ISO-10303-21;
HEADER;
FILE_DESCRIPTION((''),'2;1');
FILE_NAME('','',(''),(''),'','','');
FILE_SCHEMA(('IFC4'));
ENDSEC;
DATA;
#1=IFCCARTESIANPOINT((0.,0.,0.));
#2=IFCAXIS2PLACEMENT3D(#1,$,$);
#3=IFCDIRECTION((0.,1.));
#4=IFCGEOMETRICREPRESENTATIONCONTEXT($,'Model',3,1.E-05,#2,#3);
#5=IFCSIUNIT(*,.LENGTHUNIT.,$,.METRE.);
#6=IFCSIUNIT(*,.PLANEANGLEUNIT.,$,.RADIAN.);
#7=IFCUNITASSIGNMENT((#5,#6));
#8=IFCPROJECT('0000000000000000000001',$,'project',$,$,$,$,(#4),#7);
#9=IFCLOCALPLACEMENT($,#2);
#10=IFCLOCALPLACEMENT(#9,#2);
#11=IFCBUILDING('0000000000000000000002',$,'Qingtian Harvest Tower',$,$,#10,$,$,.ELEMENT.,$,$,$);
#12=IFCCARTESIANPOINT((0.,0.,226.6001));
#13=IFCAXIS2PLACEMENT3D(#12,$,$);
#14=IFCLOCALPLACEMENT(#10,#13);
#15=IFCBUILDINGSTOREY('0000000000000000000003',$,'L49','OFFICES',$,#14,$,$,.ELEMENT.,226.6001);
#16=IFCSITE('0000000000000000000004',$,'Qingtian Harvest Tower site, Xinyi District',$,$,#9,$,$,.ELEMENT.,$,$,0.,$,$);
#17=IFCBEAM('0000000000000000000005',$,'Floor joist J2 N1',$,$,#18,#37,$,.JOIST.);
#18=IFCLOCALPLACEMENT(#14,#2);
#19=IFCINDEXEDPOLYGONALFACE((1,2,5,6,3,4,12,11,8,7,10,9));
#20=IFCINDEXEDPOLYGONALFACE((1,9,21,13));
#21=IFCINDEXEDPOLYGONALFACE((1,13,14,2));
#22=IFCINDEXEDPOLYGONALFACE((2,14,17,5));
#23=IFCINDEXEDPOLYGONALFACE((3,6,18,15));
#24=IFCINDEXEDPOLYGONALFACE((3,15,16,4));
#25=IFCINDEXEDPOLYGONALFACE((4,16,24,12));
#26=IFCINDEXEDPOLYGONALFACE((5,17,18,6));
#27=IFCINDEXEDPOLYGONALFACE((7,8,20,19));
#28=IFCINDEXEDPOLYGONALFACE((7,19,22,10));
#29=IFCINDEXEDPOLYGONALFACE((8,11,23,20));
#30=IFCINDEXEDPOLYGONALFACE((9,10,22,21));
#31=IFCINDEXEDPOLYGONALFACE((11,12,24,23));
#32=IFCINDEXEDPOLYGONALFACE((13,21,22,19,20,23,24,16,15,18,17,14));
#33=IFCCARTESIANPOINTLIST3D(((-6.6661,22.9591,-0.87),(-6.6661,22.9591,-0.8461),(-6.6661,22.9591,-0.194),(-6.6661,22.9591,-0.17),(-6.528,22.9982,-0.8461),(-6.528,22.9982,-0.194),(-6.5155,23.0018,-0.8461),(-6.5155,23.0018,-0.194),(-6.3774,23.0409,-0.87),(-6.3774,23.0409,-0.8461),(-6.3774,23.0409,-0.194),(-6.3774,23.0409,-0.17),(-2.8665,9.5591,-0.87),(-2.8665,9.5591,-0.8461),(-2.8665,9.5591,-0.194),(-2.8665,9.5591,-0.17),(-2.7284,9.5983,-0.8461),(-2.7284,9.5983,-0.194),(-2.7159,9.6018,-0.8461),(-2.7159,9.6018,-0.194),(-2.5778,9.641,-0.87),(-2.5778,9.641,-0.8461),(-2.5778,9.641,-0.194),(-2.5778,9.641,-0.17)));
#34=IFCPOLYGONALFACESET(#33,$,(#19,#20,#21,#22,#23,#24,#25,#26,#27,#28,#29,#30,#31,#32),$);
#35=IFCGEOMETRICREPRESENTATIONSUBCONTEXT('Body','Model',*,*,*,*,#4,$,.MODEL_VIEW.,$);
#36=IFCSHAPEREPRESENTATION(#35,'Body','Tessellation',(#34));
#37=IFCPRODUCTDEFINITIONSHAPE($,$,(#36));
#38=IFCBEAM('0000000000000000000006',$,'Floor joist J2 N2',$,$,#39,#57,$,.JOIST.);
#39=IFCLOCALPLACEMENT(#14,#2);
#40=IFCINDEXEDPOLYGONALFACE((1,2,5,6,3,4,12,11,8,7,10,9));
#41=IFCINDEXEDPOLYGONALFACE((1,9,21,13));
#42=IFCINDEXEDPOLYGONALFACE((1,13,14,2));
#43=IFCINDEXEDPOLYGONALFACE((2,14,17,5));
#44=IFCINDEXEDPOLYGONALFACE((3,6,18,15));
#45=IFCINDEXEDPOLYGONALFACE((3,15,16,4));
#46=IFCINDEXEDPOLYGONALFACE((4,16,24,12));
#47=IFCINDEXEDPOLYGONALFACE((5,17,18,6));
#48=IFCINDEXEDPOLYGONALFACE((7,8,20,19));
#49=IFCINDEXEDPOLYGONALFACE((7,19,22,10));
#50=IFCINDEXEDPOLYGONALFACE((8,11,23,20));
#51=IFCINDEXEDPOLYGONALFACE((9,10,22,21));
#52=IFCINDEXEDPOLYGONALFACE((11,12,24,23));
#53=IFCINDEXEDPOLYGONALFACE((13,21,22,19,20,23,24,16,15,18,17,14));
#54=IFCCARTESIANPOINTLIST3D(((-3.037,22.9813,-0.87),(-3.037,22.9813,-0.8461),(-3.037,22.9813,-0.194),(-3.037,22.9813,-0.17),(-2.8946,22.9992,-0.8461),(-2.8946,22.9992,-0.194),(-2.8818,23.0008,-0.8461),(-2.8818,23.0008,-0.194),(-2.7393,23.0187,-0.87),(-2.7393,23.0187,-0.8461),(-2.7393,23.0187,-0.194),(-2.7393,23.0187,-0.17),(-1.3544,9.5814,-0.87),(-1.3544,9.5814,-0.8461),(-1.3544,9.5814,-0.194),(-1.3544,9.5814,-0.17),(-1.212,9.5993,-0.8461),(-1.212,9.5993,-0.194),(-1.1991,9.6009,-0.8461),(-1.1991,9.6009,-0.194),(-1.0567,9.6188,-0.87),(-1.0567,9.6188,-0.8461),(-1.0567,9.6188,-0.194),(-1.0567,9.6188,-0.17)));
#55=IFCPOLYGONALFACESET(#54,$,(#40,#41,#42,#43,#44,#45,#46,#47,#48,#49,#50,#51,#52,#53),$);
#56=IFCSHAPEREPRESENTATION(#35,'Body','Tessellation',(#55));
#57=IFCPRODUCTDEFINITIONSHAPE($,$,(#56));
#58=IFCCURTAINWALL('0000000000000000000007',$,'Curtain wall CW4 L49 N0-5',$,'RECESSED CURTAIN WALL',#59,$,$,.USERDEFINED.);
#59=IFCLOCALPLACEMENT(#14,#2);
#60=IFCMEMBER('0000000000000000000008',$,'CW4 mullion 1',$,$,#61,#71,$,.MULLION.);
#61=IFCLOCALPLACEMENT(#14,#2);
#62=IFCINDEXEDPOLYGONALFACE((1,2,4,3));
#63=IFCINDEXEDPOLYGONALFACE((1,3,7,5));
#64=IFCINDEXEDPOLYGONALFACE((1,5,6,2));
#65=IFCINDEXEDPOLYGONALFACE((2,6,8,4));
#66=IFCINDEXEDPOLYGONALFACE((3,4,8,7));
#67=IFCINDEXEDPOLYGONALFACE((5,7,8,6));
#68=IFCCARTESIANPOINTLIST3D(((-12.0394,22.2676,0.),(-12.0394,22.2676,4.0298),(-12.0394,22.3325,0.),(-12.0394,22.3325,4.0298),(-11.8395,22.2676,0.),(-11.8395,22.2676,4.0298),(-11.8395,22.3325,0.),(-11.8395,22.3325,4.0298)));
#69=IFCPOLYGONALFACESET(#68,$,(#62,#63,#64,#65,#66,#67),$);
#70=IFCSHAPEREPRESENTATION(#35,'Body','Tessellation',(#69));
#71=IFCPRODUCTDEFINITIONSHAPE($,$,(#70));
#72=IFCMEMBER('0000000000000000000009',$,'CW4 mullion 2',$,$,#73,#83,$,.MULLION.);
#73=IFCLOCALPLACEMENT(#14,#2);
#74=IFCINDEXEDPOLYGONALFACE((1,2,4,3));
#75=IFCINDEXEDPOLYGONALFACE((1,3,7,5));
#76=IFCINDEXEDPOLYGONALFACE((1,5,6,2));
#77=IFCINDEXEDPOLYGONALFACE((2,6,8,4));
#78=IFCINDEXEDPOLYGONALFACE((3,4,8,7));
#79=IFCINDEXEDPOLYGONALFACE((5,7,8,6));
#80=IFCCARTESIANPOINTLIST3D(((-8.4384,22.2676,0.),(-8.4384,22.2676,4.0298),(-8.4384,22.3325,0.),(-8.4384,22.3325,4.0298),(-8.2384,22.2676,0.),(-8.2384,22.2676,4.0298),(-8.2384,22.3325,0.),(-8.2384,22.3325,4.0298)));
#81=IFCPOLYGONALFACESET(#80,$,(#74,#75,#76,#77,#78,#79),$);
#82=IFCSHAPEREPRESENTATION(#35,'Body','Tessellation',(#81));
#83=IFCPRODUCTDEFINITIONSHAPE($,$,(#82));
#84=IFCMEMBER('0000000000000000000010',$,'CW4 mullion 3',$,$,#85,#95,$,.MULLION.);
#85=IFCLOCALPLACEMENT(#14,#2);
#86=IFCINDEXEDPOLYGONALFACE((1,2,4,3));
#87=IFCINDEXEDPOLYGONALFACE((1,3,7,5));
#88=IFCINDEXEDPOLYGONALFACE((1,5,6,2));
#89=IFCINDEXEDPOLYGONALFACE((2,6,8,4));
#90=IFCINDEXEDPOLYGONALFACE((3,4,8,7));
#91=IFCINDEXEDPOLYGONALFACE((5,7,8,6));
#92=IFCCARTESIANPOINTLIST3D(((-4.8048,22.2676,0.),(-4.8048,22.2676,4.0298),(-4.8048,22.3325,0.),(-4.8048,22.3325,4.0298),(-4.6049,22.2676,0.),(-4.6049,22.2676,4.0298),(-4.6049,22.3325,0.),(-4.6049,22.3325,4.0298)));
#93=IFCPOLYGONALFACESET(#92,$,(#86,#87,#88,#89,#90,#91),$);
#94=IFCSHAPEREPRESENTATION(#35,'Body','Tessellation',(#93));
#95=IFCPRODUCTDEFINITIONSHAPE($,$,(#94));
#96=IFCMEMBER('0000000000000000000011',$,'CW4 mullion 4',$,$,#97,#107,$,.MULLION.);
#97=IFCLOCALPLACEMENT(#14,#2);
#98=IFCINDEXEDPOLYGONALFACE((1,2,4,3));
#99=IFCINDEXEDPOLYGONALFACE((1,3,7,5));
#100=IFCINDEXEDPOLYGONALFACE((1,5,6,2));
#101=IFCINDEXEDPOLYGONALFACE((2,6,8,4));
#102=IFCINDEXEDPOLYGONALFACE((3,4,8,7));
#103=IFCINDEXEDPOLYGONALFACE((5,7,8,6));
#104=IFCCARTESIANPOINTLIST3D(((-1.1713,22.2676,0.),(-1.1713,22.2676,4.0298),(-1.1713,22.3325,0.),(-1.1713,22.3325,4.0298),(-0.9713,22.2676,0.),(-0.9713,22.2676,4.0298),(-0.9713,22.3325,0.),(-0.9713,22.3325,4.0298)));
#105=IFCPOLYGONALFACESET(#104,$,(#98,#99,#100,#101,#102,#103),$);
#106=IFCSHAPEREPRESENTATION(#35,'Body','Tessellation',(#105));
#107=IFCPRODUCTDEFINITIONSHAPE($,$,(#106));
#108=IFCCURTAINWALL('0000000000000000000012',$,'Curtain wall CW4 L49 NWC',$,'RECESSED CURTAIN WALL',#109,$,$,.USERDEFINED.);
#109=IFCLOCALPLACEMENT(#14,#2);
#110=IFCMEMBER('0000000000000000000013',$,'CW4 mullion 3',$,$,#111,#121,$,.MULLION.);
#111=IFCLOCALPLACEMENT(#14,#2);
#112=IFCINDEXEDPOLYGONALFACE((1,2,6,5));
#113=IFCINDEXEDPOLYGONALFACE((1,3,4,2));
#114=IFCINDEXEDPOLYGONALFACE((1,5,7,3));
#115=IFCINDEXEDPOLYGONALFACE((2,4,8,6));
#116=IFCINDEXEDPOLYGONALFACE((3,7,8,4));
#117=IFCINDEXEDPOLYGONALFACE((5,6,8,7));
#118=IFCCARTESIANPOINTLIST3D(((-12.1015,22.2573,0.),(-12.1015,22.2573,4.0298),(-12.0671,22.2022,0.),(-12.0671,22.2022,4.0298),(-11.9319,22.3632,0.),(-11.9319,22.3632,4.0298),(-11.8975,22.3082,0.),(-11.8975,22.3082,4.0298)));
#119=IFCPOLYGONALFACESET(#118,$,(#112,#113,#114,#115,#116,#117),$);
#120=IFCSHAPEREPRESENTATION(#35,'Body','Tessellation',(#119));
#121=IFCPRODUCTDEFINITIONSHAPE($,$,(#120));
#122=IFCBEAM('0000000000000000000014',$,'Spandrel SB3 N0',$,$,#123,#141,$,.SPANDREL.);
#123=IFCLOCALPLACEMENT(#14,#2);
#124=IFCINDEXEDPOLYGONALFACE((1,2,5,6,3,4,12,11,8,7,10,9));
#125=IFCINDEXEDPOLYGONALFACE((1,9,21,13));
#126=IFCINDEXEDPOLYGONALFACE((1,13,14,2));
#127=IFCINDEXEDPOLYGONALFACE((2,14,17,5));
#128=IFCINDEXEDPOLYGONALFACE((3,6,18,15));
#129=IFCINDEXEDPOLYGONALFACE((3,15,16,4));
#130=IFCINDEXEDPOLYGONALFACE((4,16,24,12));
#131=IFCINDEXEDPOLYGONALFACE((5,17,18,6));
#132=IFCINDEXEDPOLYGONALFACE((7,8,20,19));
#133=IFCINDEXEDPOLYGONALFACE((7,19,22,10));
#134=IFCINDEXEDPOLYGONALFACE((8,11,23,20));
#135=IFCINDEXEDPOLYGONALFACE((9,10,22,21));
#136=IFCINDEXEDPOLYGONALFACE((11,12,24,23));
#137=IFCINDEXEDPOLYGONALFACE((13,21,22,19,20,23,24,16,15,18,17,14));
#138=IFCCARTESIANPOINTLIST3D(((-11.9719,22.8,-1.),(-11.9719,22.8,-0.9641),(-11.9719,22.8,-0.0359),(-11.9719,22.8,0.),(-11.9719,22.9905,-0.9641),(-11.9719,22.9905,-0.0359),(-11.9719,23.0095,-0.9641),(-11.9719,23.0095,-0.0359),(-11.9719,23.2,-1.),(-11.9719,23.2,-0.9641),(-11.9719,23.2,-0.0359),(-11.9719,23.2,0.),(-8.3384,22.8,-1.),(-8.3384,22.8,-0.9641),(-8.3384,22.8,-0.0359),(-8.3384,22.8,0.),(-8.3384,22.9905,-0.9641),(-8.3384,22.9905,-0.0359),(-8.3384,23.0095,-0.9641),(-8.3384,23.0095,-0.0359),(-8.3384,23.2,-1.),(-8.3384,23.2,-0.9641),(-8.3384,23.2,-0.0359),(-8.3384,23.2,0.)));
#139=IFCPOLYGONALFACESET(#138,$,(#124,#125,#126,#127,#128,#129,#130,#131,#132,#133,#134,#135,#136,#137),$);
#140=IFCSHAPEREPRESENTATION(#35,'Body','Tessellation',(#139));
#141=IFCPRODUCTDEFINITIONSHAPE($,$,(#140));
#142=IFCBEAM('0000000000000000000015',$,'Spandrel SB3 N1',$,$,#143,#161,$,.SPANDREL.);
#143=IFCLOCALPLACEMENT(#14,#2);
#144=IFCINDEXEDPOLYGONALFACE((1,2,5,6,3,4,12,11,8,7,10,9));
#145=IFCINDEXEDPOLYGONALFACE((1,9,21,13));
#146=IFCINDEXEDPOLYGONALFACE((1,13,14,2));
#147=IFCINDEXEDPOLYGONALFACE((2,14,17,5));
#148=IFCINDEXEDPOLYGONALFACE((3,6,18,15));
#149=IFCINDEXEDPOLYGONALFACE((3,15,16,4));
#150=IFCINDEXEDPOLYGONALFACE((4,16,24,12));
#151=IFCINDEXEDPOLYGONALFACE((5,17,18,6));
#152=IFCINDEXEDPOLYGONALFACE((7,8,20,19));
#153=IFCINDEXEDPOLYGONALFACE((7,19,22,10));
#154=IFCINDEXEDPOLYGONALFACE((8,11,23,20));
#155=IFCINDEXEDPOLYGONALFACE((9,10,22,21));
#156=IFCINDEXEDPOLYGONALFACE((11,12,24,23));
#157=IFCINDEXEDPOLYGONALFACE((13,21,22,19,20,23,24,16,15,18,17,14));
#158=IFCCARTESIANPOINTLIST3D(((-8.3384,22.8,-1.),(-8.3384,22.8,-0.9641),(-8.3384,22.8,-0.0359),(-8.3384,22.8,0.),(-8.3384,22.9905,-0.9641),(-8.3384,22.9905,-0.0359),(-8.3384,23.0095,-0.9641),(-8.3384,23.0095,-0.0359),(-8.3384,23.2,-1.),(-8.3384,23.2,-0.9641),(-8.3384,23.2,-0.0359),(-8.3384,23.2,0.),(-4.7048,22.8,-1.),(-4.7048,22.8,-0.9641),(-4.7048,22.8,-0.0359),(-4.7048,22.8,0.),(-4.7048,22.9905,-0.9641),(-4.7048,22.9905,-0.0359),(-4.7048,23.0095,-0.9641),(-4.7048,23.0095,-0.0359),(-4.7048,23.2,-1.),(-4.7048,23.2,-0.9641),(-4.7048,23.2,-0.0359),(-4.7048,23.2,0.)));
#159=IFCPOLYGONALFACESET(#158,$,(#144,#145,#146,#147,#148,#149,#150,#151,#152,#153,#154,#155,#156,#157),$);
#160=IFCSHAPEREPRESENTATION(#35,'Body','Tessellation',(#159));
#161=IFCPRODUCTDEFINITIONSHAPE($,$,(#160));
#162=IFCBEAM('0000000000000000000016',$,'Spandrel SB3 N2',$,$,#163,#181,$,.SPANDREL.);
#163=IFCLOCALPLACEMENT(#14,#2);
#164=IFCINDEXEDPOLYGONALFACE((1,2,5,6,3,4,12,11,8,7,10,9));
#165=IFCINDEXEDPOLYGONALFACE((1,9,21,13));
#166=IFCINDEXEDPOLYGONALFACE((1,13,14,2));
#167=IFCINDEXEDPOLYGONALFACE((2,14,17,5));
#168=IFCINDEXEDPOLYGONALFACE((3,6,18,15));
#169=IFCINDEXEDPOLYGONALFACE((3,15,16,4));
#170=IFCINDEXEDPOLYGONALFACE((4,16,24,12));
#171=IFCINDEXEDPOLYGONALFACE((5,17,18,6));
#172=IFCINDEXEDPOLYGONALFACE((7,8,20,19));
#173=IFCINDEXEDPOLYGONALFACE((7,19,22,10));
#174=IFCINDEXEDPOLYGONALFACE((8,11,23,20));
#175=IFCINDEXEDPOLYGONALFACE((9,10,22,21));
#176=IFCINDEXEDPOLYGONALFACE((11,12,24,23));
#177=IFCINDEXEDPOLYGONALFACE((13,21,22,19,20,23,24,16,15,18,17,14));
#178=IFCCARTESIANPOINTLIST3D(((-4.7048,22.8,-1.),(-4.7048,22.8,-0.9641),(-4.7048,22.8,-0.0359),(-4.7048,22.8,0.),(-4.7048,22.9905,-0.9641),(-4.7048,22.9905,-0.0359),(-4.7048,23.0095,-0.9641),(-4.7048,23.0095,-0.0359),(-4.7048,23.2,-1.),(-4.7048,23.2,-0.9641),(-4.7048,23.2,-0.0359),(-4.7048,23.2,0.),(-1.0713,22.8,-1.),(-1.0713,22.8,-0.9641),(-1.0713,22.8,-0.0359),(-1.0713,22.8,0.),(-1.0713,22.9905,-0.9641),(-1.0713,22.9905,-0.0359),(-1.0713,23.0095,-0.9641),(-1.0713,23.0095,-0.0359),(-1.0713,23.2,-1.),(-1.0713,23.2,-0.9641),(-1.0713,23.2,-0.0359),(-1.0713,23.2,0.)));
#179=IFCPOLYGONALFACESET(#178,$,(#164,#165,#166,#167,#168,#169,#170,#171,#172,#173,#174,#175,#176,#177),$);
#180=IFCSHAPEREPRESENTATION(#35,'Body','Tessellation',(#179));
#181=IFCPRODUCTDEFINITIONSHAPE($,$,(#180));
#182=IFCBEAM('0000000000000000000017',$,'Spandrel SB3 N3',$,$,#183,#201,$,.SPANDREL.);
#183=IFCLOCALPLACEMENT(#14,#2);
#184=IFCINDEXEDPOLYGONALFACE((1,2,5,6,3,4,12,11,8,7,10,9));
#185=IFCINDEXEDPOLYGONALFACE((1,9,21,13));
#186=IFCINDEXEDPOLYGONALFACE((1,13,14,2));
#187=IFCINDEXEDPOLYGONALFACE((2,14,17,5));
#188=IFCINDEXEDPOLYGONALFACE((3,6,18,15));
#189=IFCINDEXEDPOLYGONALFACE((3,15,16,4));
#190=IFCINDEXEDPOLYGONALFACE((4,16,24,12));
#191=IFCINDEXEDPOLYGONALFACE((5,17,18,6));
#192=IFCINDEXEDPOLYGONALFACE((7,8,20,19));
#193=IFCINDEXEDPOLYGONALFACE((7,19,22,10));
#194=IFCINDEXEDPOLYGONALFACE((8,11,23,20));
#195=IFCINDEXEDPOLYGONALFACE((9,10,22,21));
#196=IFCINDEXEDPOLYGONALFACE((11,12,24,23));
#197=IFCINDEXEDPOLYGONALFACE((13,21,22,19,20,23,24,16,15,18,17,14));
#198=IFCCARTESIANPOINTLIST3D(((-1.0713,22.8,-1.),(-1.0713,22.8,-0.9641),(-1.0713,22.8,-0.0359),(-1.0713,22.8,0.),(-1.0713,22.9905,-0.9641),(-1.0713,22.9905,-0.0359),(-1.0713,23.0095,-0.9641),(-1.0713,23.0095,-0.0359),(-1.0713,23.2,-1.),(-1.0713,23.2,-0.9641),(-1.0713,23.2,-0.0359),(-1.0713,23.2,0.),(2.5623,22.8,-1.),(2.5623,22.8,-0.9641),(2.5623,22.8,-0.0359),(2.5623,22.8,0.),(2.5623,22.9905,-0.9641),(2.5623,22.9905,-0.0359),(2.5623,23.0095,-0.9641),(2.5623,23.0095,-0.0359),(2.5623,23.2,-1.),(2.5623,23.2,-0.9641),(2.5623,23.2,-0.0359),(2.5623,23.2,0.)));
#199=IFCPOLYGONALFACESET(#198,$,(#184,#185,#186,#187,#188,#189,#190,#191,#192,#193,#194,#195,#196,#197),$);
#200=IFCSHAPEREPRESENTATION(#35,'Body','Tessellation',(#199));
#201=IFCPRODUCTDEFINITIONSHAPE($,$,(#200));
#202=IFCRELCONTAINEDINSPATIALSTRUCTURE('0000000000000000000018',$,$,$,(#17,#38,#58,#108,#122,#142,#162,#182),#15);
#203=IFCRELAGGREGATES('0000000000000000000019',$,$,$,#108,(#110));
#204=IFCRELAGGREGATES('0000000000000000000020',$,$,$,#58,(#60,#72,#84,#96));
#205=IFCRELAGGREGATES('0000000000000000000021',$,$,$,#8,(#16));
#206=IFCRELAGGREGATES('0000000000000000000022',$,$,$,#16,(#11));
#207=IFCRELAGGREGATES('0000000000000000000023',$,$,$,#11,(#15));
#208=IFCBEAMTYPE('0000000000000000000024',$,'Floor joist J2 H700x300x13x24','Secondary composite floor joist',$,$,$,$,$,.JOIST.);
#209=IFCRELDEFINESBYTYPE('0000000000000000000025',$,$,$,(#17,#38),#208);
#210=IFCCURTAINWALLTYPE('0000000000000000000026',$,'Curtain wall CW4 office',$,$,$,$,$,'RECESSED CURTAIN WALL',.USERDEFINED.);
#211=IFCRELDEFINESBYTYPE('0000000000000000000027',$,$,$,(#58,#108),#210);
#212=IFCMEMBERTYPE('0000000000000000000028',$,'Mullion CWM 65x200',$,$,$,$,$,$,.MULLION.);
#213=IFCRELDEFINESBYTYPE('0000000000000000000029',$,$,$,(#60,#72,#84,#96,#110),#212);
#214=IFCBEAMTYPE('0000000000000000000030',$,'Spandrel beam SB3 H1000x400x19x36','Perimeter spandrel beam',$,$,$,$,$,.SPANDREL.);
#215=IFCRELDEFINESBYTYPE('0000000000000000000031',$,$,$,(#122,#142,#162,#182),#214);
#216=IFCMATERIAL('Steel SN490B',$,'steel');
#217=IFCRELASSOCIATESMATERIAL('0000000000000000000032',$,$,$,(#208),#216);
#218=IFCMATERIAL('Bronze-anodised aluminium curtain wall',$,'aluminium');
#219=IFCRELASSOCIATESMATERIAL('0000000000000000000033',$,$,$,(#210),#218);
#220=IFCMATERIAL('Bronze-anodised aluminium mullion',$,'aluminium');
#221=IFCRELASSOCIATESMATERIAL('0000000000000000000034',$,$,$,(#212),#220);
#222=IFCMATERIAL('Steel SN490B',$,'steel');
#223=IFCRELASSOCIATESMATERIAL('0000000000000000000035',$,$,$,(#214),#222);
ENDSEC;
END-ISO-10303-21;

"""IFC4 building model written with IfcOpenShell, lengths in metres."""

from ifc_helpers import new_model, si_unit, direction, frame, origin, origin_2d, place, context, subcontext, project, spatial, rectangle, i_section, extrude, material, material_profile, profile_set, type_object, element, aggregate, save


model = new_model("IFC4")

# Units and contexts
model_context = context("Model", 3, precision=1e-05, world=origin(), true_north=direction((0.0, 1.0)))
body_context = subcontext(model_context, "Body", "Model", "MODEL_VIEW")
ifc_project = project(units=[si_unit("LENGTHUNIT", "METRE"), si_unit("PLANEANGLEUNIT", "RADIAN")], contexts=[model_context])

# Site, building, storey
site_placement = place(None, origin())
site = spatial("IfcSite", under=ifc_project, at=site_placement, Name="Qingtian Harvest Tower site, Xinyi District", CompositionType="ELEMENT", RefElevation=0.0)
building_placement = place(site_placement, origin())
building = spatial("IfcBuilding", under=site, at=building_placement, Name="Qingtian Harvest Tower", CompositionType="ELEMENT")
storey_placement = place(building_placement, frame((0.0, 0.0, 226.6001)))
storey = spatial("IfcBuildingStorey", under=building, at=storey_placement, Name="L49", Description="OFFICES", CompositionType="ELEMENT", Elevation=226.6001)

# Beams
ifc_material_1 = material(Name="Steel SN490B", Category="steel")
ifc_material_profile_1 = material_profile(ifc_material_1, i_section(OverallWidth=0.3, OverallDepth=0.7, WebThickness=0.0129, FlangeThickness=0.0239, at=origin_2d()), Name="H700x300x13x24")
ifc_profile_set_1 = profile_set([ifc_material_profile_1], Name="Steel SN490B")
beam_type_1 = type_object("IfcBeamType", Name="Floor joist J2 H700x300x13x24", Description="Secondary composite floor joist", PredefinedType="JOIST", material=ifc_profile_set_1)
beam_1_placement = place(storey_placement, frame((-6.5217, 23.0, -0.52), z_axis=(0.272797, -0.962072, 0.0), x_axis=(0.962072, 0.272797, 0.0)))
element("IfcBeam", 1, at=beam_1_placement, inside=storey, type_object=beam_type_1, Name="Floor joist J2 N1", PredefinedType="JOIST", context=body_context, shape_type="SweptSolid", body=[
    extrude(i_section(OverallWidth=0.3, OverallDepth=0.7, WebThickness=0.0129, FlangeThickness=0.0239, at=origin_2d()), origin(), (0.0, 0.0, 1.0), 13.9282),
])
beam_2_placement = place(storey_placement, frame((-2.8882, 23.0, -0.52), z_axis=(0.124591, -0.992208, 0.0), x_axis=(0.992208, 0.124591, 0.0)))
element("IfcBeam", 2, at=beam_2_placement, inside=storey, type_object=beam_type_1, Name="Floor joist J2 N2", PredefinedType="JOIST", context=body_context, shape_type="SweptSolid", body=[
    extrude(i_section(OverallWidth=0.3, OverallDepth=0.7, WebThickness=0.0129, FlangeThickness=0.0239, at=origin_2d()), origin(), (0.0, 0.0, 1.0), 13.5051),
])

# Curtain wall, members
ifc_material_2 = material(Name="Bronze-anodised aluminium curtain wall", Category="aluminium")
curtain_wall_type = type_object("IfcCurtainWallType", Name="Curtain wall CW4 office", ElementType="RECESSED CURTAIN WALL", PredefinedType="USERDEFINED", material=ifc_material_2)
curtain_wall_1_placement = place(storey_placement, origin())
curtain_wall_1 = element("IfcCurtainWall", 3, at=curtain_wall_1_placement, inside=storey, type_object=curtain_wall_type, Name="Curtain wall CW4 L49 N0-5", ObjectType="RECESSED CURTAIN WALL", PredefinedType="USERDEFINED")
ifc_material_3 = material(Name="Bronze-anodised aluminium mullion", Category="aluminium")
ifc_material_profile_2 = material_profile(ifc_material_3, rectangle(XDim=0.0649, YDim=0.2, at=origin_2d()), Name="AL 65x200")
ifc_profile_set_2 = profile_set([ifc_material_profile_2], Name="Bronze-anodised aluminium mullion")
member_type_1 = type_object("IfcMemberType", Name="Mullion CWM 65x200", PredefinedType="MULLION", material=ifc_profile_set_2)
member_1_placement = place(storey_placement, frame((-11.9395, 22.3, 0.0), z_axis=(0.0, 0.0, 1.0), x_axis=(0.0, 1.0, 0.0)))
member_1 = element("IfcMember", 4, at=member_1_placement, type_object=member_type_1, Name="CW4 mullion 1", PredefinedType="MULLION", context=body_context, shape_type="SweptSolid", body=[
    extrude(rectangle(XDim=0.0649, YDim=0.2, at=origin_2d()), origin(), (0.0, 0.0, 1.0), 4.0298),
])
member_2_placement = place(storey_placement, frame((-8.3384, 22.3, 0.0), z_axis=(0.0, 0.0, 1.0), x_axis=(0.0, 1.0, 0.0)))
member_2 = element("IfcMember", 5, at=member_2_placement, type_object=member_type_1, Name="CW4 mullion 2", PredefinedType="MULLION", context=body_context, shape_type="SweptSolid", body=[
    extrude(rectangle(XDim=0.0649, YDim=0.2, at=origin_2d()), origin(), (0.0, 0.0, 1.0), 4.0298),
])
member_3_placement = place(storey_placement, frame((-4.7048, 22.3, 0.0), z_axis=(0.0, 0.0, 1.0), x_axis=(0.0, 1.0, 0.0)))
member_3 = element("IfcMember", 6, at=member_3_placement, type_object=member_type_1, Name="CW4 mullion 3", PredefinedType="MULLION", context=body_context, shape_type="SweptSolid", body=[
    extrude(rectangle(XDim=0.0649, YDim=0.2, at=origin_2d()), origin(), (0.0, 0.0, 1.0), 4.0298),
])
member_4_placement = place(storey_placement, frame((-1.0713, 22.3, 0.0), z_axis=(0.0, 0.0, 1.0), x_axis=(0.0, 1.0, 0.0)))
member_4 = element("IfcMember", 7, at=member_4_placement, type_object=member_type_1, Name="CW4 mullion 4", PredefinedType="MULLION", context=body_context, shape_type="SweptSolid", body=[
    extrude(rectangle(XDim=0.0649, YDim=0.2, at=origin_2d()), origin(), (0.0, 0.0, 1.0), 4.0298),
])

# Curtain wall, member
curtain_wall_2_placement = place(storey_placement, origin())
curtain_wall_2 = element("IfcCurtainWall", 8, at=curtain_wall_2_placement, inside=storey, type_object=curtain_wall_type, Name="Curtain wall CW4 L49 NWC", ObjectType="RECESSED CURTAIN WALL", PredefinedType="USERDEFINED")
member_5_placement = place(storey_placement, frame((-11.9995, 22.2827, 0.0), z_axis=(0.0, 0.0, 1.0), x_axis=(-0.529919, 0.848048, 0.0)))
member_5 = element("IfcMember", 9, at=member_5_placement, type_object=member_type_1, Name="CW4 mullion 3", PredefinedType="MULLION", context=body_context, shape_type="SweptSolid", body=[
    extrude(rectangle(XDim=0.0649, YDim=0.2, at=origin_2d()), origin(), (0.0, 0.0, 1.0), 4.0298),
])
aggregate(curtain_wall_2, [member_5])

# Beams
ifc_material_4 = material(Name="Steel SN490B", Category="steel")
ifc_material_profile_3 = material_profile(ifc_material_4, i_section(OverallWidth=0.3999, OverallDepth=1.0, WebThickness=0.019, FlangeThickness=0.0359, at=origin_2d()), Name="H1000x400x19x36")
ifc_profile_set_3 = profile_set([ifc_material_profile_3], Name="Steel SN490B")
beam_type_2 = type_object("IfcBeamType", Name="Spandrel beam SB3 H1000x400x19x36", Description="Perimeter spandrel beam", PredefinedType="SPANDREL", material=ifc_profile_set_3)
for number, where, z_axis, x_axis, name in (
    (10, (-11.9719, 23.0, -0.5), (1.0, 0.0, 0.0), (0.0, 1.0, 0.0), "Spandrel SB3 N0"),
    (11, (-8.3384, 23.0, -0.5), (1.0, 0.0, 0.0), (0.0, 1.0, 0.0), "Spandrel SB3 N1"),
    (12, (-4.7048, 23.0, -0.5), (1.0, 0.0, 0.0), (0.0, 1.0, 0.0), "Spandrel SB3 N2"),
    (13, (-1.0713, 23.0, -0.5), (1.0, 0.0, 0.0), (0.0, 1.0, 0.0), "Spandrel SB3 N3"),
):
    element("IfcBeam", number, at=place(storey_placement, frame(where, z_axis=z_axis, x_axis=x_axis)), inside=storey, type_object=beam_type_2, Name=name, PredefinedType="SPANDREL", context=body_context, shape_type="SweptSolid", body=[
        extrude(i_section(OverallWidth=0.3999, OverallDepth=1.0, WebThickness=0.019, FlangeThickness=0.0359, at=origin_2d()), origin(), (0.0, 0.0, 1.0), 3.6335),
    ])

aggregate(curtain_wall_1, [member_1, member_2, member_3, member_4])

save(model, "model.ifc")
